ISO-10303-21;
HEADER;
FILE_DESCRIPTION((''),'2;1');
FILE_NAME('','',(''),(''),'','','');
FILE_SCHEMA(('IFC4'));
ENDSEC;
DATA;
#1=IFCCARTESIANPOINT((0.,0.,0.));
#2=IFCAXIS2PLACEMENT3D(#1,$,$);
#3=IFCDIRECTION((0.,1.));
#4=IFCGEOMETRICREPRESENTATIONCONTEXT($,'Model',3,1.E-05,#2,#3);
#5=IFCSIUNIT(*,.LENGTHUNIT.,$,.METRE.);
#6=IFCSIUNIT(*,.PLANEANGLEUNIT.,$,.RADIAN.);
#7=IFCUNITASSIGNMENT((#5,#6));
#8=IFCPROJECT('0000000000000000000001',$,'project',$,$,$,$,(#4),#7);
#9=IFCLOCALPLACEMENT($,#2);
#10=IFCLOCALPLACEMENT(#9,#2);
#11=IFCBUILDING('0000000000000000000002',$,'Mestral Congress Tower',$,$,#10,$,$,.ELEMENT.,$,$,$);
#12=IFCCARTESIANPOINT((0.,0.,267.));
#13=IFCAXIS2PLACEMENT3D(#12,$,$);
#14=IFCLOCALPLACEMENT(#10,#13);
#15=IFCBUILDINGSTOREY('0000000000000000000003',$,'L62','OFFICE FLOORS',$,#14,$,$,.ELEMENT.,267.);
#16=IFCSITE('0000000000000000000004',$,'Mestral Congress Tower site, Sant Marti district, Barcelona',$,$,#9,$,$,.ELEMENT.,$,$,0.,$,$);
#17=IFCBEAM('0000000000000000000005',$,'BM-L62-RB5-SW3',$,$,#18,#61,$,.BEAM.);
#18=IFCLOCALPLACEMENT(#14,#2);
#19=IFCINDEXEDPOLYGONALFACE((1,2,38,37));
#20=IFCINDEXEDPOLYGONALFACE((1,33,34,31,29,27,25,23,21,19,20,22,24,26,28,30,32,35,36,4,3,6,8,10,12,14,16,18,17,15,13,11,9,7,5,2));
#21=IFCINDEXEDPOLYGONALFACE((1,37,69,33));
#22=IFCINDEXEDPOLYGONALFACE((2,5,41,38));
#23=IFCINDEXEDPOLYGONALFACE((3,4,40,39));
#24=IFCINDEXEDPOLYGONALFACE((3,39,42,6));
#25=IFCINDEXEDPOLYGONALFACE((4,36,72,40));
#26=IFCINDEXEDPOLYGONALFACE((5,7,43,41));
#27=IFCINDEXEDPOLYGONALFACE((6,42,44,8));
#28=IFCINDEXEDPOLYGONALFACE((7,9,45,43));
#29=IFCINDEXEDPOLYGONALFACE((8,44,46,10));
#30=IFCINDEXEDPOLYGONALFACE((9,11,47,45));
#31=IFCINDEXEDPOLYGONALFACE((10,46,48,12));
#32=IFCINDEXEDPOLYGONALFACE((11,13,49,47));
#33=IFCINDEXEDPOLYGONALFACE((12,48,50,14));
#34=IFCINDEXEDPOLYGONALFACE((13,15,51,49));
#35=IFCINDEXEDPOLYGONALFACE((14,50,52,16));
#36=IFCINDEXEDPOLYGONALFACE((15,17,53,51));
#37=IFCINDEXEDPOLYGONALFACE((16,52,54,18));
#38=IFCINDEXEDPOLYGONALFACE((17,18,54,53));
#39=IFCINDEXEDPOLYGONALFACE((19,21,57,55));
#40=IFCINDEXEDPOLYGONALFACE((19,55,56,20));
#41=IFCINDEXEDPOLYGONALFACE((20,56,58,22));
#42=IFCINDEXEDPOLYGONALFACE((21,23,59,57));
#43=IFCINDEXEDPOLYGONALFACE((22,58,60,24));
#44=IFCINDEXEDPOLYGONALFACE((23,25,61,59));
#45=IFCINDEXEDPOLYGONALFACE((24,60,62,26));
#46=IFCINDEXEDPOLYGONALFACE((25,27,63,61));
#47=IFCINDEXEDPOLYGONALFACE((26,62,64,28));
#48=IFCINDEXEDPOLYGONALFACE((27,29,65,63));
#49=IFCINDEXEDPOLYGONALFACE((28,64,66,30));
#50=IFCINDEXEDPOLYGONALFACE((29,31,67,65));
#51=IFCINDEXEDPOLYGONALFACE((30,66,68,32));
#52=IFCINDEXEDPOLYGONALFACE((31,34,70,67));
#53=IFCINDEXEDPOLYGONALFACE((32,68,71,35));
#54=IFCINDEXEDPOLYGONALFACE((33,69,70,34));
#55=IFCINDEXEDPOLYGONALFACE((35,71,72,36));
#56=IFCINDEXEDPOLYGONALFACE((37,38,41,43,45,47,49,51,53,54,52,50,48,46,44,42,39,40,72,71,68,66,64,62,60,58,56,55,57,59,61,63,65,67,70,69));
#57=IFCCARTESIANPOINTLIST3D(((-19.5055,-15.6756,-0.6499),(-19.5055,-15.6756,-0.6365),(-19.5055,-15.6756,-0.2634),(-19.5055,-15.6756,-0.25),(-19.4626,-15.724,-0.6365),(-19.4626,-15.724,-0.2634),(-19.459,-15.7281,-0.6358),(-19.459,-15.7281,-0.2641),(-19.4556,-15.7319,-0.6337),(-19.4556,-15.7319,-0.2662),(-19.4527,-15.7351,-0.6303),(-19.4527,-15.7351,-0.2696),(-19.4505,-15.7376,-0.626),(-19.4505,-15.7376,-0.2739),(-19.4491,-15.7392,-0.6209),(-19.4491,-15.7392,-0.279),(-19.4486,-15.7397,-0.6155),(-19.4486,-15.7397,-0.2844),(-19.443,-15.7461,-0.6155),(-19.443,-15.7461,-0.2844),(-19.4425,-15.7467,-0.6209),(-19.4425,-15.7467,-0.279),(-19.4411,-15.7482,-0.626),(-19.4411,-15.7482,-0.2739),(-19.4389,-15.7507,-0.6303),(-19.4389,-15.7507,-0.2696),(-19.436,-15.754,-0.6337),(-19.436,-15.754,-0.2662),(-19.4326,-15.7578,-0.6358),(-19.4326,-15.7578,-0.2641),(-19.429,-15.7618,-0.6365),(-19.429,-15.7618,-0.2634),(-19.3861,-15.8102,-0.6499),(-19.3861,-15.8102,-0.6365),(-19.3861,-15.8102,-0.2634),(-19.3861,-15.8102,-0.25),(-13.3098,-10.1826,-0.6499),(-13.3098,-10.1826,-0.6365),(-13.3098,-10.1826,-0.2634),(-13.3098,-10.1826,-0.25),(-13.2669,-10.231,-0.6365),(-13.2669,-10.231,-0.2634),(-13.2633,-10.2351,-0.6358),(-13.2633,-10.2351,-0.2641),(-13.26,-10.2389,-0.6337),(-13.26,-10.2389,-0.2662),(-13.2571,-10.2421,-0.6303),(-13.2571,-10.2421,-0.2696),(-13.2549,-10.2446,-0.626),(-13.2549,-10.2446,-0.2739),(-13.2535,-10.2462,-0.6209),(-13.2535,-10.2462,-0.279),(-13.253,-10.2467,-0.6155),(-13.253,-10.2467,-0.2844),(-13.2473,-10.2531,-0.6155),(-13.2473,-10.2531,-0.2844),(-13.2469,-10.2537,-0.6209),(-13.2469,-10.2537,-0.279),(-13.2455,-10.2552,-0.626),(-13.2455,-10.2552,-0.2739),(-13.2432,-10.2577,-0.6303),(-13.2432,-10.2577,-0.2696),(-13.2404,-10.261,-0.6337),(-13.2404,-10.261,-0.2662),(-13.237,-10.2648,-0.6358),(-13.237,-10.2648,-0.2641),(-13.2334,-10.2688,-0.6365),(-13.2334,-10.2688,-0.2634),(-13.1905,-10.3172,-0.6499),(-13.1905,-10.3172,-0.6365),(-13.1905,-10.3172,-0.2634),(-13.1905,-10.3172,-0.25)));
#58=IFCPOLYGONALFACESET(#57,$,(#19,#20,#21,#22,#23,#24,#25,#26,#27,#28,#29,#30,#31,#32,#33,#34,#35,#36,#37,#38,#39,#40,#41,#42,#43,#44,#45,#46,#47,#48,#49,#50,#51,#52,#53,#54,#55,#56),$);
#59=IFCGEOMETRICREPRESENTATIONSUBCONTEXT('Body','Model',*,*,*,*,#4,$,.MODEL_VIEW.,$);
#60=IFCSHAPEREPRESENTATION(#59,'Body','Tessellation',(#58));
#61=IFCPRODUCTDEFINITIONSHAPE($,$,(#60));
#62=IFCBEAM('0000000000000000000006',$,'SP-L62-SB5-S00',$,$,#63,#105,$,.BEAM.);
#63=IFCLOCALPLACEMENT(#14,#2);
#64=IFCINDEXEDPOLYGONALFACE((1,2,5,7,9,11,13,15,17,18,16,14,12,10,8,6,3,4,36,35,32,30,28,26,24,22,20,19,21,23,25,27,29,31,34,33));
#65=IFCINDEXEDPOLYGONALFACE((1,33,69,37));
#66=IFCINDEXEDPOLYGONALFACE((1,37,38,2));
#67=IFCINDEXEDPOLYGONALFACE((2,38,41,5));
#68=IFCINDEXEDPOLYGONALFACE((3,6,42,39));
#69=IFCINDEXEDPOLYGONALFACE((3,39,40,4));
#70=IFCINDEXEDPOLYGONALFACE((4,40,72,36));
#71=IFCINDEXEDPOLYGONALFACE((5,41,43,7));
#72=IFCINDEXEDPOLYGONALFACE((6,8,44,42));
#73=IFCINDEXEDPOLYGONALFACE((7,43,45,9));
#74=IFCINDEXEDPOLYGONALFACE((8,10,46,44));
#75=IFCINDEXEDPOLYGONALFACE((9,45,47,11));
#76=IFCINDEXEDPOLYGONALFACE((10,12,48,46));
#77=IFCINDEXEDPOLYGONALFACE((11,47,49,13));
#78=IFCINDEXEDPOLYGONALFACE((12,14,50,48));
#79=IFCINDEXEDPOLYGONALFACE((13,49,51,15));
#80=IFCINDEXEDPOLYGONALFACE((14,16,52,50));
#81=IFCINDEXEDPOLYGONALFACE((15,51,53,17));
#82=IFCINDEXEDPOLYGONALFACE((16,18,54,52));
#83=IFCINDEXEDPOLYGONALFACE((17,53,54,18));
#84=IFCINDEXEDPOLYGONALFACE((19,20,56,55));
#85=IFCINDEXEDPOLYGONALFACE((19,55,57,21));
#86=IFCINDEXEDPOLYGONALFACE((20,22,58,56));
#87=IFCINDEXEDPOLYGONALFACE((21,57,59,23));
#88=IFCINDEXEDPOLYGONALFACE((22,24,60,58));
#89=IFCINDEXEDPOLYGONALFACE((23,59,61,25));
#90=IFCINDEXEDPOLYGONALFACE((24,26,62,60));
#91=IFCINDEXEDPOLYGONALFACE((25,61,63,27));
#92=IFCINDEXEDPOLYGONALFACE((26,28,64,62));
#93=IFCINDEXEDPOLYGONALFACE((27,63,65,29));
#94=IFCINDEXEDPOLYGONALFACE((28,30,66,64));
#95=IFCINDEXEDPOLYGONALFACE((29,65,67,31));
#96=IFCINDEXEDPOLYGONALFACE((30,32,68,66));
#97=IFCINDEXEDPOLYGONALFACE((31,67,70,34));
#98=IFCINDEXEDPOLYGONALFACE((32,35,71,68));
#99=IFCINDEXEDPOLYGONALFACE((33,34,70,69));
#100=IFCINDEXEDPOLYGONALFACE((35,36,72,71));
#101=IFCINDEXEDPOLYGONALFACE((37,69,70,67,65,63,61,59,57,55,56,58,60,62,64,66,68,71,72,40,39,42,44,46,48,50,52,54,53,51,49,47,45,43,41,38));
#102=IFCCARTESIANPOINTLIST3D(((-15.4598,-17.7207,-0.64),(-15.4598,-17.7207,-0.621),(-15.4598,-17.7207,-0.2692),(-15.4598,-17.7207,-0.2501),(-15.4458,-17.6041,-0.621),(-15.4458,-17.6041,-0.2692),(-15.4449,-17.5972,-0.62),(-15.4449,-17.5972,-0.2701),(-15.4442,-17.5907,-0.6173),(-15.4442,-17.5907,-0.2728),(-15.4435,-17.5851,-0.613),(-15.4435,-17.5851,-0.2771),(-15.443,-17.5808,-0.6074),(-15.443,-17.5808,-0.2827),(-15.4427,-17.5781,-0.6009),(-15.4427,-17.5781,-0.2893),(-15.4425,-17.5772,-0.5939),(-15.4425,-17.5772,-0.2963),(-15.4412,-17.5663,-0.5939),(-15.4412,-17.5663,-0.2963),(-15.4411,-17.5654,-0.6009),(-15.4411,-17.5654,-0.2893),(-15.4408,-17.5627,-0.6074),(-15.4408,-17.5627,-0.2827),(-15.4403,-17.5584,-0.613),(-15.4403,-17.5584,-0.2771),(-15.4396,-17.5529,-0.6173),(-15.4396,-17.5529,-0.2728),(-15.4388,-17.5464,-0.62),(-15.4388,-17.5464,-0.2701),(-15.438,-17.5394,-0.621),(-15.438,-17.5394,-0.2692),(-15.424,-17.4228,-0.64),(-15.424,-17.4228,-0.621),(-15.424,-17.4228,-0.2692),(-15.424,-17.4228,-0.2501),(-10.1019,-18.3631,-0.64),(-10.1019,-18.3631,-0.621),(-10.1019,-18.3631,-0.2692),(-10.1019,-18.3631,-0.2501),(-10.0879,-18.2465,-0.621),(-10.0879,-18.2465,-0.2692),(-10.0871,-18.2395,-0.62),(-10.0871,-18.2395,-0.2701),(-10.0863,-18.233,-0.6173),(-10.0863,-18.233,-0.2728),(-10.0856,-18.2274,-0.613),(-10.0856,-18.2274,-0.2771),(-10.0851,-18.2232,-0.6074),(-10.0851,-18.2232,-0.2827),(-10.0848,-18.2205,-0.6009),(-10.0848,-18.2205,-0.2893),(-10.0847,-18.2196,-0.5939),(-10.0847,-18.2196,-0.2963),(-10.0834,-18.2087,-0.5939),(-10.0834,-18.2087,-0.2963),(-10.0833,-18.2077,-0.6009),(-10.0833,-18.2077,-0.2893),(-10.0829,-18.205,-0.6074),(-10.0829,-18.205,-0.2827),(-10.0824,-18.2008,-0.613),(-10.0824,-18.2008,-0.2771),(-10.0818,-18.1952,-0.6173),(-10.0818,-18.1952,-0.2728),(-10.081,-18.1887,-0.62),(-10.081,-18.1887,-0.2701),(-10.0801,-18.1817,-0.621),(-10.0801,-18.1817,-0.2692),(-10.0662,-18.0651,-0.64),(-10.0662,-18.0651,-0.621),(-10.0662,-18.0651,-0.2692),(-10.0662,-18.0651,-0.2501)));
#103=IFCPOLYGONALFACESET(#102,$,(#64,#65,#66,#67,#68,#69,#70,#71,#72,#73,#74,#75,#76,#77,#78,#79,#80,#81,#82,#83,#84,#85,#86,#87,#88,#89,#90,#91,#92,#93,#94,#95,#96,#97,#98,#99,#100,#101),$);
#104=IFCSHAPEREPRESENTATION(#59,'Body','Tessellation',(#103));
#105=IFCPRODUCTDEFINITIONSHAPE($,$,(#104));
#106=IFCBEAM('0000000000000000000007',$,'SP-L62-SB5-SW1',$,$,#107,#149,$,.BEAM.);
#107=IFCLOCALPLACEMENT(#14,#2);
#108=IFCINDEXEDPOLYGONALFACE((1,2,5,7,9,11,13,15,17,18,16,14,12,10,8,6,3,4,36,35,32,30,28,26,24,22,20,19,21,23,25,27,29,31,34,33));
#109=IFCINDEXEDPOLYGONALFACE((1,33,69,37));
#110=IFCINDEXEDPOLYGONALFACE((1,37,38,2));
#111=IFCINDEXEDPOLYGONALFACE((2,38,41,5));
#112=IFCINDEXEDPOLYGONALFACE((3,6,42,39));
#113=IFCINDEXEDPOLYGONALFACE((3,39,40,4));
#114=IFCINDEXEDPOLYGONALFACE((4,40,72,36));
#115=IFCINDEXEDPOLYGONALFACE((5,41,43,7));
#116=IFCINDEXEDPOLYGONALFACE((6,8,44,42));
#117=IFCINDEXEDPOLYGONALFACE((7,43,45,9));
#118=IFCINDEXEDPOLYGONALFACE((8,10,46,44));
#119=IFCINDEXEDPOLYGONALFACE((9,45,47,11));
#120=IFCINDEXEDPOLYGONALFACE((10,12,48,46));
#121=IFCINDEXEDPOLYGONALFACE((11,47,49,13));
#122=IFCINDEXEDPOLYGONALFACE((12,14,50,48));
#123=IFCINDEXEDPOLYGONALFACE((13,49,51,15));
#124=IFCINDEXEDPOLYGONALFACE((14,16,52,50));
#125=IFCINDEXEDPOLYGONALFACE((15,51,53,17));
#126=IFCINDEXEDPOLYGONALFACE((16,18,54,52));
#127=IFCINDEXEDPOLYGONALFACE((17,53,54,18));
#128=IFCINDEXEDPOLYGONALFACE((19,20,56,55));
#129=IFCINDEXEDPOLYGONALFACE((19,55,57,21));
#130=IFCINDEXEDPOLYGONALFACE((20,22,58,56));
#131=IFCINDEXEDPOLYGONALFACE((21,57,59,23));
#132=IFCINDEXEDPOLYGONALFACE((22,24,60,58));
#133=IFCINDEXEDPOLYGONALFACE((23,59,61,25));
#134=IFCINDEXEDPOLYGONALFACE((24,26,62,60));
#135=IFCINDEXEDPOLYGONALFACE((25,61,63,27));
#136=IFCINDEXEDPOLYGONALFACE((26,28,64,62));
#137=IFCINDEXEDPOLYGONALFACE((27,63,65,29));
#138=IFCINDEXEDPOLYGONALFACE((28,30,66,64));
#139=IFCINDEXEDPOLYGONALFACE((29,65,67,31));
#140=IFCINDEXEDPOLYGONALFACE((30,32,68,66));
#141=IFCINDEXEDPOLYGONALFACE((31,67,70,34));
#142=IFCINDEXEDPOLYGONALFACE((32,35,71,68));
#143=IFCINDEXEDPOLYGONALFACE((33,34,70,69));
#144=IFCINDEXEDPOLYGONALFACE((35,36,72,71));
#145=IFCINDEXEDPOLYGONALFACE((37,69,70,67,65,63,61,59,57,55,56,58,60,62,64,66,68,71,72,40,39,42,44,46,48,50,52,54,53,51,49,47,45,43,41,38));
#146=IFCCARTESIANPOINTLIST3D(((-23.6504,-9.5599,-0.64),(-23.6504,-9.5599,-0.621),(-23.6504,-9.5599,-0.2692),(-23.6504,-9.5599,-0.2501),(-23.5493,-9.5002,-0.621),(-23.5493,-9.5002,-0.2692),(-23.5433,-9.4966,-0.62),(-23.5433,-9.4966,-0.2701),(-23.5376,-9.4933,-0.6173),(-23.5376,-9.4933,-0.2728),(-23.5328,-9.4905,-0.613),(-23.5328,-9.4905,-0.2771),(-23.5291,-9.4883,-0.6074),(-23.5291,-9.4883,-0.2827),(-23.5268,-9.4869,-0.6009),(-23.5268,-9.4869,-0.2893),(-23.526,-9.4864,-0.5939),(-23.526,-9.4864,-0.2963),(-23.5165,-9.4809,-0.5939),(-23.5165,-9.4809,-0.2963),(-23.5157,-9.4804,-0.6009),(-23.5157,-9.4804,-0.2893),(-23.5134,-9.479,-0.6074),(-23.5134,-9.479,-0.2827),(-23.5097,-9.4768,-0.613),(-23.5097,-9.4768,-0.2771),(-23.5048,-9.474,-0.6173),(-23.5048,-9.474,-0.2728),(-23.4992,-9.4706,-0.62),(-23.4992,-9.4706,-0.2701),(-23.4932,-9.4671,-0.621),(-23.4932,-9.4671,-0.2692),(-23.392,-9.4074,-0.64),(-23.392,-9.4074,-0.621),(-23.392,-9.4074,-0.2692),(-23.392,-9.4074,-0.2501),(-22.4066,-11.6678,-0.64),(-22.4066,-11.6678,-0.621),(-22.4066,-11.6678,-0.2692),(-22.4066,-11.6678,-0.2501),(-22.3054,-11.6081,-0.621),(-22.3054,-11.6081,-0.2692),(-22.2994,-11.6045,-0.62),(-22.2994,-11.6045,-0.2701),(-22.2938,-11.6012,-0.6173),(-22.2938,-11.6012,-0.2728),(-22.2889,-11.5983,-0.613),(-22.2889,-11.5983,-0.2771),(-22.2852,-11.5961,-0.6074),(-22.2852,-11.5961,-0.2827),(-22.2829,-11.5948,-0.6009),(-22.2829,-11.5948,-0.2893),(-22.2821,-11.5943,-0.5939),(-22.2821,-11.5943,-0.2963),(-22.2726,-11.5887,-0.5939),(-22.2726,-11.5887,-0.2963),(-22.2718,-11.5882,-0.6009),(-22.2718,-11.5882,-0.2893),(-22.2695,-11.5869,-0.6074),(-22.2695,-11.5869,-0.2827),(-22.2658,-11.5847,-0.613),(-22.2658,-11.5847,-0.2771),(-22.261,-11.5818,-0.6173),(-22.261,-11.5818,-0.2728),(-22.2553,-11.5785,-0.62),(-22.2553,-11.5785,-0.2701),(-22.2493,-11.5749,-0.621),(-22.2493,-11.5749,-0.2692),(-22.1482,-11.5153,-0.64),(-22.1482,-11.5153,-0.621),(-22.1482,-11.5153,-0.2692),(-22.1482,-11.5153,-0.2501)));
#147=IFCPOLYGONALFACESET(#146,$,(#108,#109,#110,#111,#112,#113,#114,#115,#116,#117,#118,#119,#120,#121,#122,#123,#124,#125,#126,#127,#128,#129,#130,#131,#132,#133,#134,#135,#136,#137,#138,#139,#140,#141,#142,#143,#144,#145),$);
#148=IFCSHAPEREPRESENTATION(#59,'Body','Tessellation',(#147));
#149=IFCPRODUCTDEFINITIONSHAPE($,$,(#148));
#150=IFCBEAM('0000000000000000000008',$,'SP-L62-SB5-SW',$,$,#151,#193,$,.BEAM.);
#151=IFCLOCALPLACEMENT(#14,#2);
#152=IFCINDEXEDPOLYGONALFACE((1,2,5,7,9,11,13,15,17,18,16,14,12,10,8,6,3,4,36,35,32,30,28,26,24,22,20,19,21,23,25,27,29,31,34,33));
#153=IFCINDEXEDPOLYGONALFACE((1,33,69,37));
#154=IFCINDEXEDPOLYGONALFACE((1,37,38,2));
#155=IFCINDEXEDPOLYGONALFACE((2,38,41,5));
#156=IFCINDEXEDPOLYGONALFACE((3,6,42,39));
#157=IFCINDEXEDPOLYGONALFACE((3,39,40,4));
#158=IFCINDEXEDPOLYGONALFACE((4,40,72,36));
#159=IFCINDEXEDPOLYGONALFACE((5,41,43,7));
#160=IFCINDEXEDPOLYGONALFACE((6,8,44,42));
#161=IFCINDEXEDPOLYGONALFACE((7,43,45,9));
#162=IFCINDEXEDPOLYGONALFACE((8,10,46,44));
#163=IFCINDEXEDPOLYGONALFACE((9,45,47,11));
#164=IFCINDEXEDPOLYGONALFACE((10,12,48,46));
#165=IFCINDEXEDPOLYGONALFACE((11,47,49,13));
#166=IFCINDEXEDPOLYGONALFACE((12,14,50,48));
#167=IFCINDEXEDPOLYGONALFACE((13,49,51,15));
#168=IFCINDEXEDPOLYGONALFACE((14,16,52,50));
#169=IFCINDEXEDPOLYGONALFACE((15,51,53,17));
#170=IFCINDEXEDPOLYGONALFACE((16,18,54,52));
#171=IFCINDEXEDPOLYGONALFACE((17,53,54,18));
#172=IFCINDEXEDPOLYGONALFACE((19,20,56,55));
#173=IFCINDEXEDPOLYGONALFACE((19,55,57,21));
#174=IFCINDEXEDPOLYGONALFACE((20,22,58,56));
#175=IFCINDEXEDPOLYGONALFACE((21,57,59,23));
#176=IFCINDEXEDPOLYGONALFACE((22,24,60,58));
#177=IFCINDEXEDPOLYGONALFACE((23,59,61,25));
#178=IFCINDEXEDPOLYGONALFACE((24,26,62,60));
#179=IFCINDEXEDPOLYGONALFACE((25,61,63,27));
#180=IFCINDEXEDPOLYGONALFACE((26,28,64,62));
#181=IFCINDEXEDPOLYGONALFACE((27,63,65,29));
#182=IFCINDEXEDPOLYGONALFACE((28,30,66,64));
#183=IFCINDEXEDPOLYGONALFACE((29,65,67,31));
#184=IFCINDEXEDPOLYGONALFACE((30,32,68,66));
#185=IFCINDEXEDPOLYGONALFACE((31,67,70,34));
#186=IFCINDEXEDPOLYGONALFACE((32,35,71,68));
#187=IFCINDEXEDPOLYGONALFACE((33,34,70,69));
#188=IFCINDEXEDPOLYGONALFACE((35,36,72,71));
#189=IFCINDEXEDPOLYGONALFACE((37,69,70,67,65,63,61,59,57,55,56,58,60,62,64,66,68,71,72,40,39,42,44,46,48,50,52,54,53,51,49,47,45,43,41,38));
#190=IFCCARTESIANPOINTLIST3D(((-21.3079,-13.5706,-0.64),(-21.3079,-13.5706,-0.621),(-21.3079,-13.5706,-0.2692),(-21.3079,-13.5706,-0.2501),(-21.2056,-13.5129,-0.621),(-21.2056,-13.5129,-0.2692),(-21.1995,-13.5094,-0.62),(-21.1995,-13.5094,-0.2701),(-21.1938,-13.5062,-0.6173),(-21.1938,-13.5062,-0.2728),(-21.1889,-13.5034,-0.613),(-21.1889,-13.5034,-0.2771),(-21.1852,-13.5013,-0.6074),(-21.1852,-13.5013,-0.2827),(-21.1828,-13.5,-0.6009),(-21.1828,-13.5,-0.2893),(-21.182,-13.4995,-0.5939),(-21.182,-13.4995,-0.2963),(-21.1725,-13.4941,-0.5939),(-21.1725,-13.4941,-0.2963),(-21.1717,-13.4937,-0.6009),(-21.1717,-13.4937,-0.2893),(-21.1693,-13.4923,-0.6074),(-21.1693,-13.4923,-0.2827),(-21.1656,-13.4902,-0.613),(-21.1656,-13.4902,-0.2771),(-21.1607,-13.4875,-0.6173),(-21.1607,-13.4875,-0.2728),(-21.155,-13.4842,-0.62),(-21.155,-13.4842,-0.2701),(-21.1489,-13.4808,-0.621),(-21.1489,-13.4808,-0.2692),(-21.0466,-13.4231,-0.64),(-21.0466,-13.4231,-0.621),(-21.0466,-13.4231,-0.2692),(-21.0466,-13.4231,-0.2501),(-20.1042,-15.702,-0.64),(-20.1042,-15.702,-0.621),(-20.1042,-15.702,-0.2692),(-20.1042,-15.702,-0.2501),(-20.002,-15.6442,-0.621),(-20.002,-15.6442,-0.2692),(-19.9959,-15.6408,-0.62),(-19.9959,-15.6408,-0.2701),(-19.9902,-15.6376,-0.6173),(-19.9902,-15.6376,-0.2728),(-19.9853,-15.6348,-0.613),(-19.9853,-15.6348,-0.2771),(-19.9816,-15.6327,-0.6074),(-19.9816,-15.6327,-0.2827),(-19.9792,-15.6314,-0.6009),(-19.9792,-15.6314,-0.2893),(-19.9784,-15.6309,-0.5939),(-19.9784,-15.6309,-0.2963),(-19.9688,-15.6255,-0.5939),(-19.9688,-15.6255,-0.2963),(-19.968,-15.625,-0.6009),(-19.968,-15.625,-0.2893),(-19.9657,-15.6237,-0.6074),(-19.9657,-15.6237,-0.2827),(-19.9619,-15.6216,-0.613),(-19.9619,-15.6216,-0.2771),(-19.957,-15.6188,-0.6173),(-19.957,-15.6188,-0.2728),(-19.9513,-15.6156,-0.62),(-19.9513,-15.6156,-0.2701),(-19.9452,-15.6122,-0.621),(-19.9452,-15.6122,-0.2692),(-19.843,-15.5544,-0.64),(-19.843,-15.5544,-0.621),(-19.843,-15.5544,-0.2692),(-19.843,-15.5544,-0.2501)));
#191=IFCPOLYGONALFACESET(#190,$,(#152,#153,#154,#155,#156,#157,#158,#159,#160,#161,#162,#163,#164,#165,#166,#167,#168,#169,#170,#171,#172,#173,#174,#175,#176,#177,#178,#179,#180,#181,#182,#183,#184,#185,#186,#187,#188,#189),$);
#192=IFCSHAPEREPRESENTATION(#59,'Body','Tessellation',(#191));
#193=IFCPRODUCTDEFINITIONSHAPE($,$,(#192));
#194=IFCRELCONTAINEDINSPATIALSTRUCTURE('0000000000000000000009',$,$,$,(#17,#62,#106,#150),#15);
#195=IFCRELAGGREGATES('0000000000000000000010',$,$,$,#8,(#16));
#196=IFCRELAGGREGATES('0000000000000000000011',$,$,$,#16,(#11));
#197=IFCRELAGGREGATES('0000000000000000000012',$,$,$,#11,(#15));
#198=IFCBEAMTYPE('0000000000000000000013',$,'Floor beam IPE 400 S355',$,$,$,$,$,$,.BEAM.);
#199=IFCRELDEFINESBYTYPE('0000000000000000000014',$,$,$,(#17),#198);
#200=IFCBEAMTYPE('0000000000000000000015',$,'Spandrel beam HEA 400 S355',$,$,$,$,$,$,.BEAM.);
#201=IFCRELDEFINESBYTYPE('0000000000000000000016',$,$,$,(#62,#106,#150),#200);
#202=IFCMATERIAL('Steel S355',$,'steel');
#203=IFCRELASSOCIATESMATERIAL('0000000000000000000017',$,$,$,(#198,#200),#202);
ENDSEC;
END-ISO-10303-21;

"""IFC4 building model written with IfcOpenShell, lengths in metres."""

from ifc_helpers import new_model, si_unit, direction, frame, origin, origin_2d, place, context, subcontext, project, spatial, i_section, extrude, material, material_profile, profile_set, type_object, element, save


model = new_model("IFC4")

# Units and contexts
model_context = context("Model", 3, precision=1e-05, world=origin(), true_north=direction((0.0, 1.0)))
body_context = subcontext(model_context, "Body", "Model", "MODEL_VIEW")
ifc_project = project(units=[si_unit("LENGTHUNIT", "METRE"), si_unit("PLANEANGLEUNIT", "RADIAN")], contexts=[model_context])

# Site, building, storey
site_placement = place(None, origin())
site = spatial("IfcSite", under=ifc_project, at=site_placement, Name="Mestral Congress Tower site, Sant Marti district, Barcelona", CompositionType="ELEMENT", RefElevation=0.0)
building_placement = place(site_placement, origin())
building = spatial("IfcBuilding", under=site, at=building_placement, Name="Mestral Congress Tower", CompositionType="ELEMENT")
storey_placement = place(building_placement, frame((0.0, 0.0, 267.0)))
storey = spatial("IfcBuildingStorey", under=building, at=storey_placement, Name="L62", Description="OFFICE FLOORS", CompositionType="ELEMENT", Elevation=267.0)

# Beams
ifc_material_1 = material(Name="Steel S355", Category="steel")
ifc_material_profile_1 = material_profile(ifc_material_1, i_section(OverallWidth=0.1799, OverallDepth=0.3999, WebThickness=0.0085, FlangeThickness=0.0134, FilletRadius=0.021, at=origin_2d()), Name="IPE 400")
ifc_profile_set_1 = profile_set([ifc_material_profile_1], Name="Steel S355")
beam_type_1 = type_object("IfcBeamType", Name="Floor beam IPE 400 S355", PredefinedType="BEAM", material=ifc_profile_set_1)
beam_1_placement = place(storey_placement, frame((-19.4458, -15.7429, -0.45), z_axis=(0.748263, 0.663402, 0.0), x_axis=(-0.663402, 0.748263, 0.0)))
element("IfcBeam", 1, at=beam_1_placement, inside=storey, type_object=beam_type_1, Name="BM-L62-RB5-SW3", PredefinedType="BEAM", context=body_context, shape_type="SweptSolid", body=[
    extrude(i_section(OverallWidth=0.1799, OverallDepth=0.3999, WebThickness=0.0085, FlangeThickness=0.0134, FilletRadius=0.021, at=origin_2d()), origin(), (0.0, 0.0, 1.0), 8.28),
])
ifc_material_profile_2 = material_profile(ifc_material_1, i_section(OverallWidth=0.3, OverallDepth=0.3899, WebThickness=0.011, FlangeThickness=0.019, FilletRadius=0.0271, at=origin_2d()), Name="HEA 400")
ifc_profile_set_2 = profile_set([ifc_material_profile_2], Name="Steel S355")
beam_type_2 = type_object("IfcBeamType", Name="Spandrel beam HEA 400 S355", PredefinedType="BEAM", material=ifc_profile_set_2)
beam_2_placement = place(storey_placement, frame((-15.4419, -17.5718, -0.4451), z_axis=(0.99289, -0.119033, 0.0), x_axis=(0.119033, 0.99289, 0.0)))
element("IfcBeam", 2, at=beam_2_placement, inside=storey, type_object=beam_type_2, Name="SP-L62-SB5-S00", PredefinedType="BEAM", context=body_context, shape_type="SweptSolid", body=[
    extrude(i_section(OverallWidth=0.3, OverallDepth=0.3899, WebThickness=0.011, FlangeThickness=0.019, FilletRadius=0.0271, at=origin_2d()), origin(), (0.0, 0.0, 1.0), 5.3962),
])
beam_3_placement = place(storey_placement, frame((-23.5212, -9.4836, -0.4451), z_axis=(0.508218, -0.861228, 0.0), x_axis=(0.861228, 0.508218, 0.0)))
element("IfcBeam", 3, at=beam_3_placement, inside=storey, type_object=beam_type_2, Name="SP-L62-SB5-SW1", PredefinedType="BEAM", context=body_context, shape_type="SweptSolid", body=[
    extrude(i_section(OverallWidth=0.3, OverallDepth=0.3899, WebThickness=0.011, FlangeThickness=0.019, FilletRadius=0.0271, at=origin_2d()), origin(), (0.0, 0.0, 1.0), 2.4475),
])
beam_4_placement = place(storey_placement, frame((-21.1772, -13.4968, -0.4451), z_axis=(0.491729, -0.870749, 0.0), x_axis=(0.870749, 0.491729, 0.0)))
element("IfcBeam", 4, at=beam_4_placement, inside=storey, type_object=beam_type_2, Name="SP-L62-SB5-SW", PredefinedType="BEAM", context=body_context, shape_type="SweptSolid", body=[
    extrude(i_section(OverallWidth=0.3, OverallDepth=0.3899, WebThickness=0.011, FlangeThickness=0.019, FilletRadius=0.0271, at=origin_2d()), origin(), (0.0, 0.0, 1.0), 2.4478),
])

save(model, "model.ifc")
